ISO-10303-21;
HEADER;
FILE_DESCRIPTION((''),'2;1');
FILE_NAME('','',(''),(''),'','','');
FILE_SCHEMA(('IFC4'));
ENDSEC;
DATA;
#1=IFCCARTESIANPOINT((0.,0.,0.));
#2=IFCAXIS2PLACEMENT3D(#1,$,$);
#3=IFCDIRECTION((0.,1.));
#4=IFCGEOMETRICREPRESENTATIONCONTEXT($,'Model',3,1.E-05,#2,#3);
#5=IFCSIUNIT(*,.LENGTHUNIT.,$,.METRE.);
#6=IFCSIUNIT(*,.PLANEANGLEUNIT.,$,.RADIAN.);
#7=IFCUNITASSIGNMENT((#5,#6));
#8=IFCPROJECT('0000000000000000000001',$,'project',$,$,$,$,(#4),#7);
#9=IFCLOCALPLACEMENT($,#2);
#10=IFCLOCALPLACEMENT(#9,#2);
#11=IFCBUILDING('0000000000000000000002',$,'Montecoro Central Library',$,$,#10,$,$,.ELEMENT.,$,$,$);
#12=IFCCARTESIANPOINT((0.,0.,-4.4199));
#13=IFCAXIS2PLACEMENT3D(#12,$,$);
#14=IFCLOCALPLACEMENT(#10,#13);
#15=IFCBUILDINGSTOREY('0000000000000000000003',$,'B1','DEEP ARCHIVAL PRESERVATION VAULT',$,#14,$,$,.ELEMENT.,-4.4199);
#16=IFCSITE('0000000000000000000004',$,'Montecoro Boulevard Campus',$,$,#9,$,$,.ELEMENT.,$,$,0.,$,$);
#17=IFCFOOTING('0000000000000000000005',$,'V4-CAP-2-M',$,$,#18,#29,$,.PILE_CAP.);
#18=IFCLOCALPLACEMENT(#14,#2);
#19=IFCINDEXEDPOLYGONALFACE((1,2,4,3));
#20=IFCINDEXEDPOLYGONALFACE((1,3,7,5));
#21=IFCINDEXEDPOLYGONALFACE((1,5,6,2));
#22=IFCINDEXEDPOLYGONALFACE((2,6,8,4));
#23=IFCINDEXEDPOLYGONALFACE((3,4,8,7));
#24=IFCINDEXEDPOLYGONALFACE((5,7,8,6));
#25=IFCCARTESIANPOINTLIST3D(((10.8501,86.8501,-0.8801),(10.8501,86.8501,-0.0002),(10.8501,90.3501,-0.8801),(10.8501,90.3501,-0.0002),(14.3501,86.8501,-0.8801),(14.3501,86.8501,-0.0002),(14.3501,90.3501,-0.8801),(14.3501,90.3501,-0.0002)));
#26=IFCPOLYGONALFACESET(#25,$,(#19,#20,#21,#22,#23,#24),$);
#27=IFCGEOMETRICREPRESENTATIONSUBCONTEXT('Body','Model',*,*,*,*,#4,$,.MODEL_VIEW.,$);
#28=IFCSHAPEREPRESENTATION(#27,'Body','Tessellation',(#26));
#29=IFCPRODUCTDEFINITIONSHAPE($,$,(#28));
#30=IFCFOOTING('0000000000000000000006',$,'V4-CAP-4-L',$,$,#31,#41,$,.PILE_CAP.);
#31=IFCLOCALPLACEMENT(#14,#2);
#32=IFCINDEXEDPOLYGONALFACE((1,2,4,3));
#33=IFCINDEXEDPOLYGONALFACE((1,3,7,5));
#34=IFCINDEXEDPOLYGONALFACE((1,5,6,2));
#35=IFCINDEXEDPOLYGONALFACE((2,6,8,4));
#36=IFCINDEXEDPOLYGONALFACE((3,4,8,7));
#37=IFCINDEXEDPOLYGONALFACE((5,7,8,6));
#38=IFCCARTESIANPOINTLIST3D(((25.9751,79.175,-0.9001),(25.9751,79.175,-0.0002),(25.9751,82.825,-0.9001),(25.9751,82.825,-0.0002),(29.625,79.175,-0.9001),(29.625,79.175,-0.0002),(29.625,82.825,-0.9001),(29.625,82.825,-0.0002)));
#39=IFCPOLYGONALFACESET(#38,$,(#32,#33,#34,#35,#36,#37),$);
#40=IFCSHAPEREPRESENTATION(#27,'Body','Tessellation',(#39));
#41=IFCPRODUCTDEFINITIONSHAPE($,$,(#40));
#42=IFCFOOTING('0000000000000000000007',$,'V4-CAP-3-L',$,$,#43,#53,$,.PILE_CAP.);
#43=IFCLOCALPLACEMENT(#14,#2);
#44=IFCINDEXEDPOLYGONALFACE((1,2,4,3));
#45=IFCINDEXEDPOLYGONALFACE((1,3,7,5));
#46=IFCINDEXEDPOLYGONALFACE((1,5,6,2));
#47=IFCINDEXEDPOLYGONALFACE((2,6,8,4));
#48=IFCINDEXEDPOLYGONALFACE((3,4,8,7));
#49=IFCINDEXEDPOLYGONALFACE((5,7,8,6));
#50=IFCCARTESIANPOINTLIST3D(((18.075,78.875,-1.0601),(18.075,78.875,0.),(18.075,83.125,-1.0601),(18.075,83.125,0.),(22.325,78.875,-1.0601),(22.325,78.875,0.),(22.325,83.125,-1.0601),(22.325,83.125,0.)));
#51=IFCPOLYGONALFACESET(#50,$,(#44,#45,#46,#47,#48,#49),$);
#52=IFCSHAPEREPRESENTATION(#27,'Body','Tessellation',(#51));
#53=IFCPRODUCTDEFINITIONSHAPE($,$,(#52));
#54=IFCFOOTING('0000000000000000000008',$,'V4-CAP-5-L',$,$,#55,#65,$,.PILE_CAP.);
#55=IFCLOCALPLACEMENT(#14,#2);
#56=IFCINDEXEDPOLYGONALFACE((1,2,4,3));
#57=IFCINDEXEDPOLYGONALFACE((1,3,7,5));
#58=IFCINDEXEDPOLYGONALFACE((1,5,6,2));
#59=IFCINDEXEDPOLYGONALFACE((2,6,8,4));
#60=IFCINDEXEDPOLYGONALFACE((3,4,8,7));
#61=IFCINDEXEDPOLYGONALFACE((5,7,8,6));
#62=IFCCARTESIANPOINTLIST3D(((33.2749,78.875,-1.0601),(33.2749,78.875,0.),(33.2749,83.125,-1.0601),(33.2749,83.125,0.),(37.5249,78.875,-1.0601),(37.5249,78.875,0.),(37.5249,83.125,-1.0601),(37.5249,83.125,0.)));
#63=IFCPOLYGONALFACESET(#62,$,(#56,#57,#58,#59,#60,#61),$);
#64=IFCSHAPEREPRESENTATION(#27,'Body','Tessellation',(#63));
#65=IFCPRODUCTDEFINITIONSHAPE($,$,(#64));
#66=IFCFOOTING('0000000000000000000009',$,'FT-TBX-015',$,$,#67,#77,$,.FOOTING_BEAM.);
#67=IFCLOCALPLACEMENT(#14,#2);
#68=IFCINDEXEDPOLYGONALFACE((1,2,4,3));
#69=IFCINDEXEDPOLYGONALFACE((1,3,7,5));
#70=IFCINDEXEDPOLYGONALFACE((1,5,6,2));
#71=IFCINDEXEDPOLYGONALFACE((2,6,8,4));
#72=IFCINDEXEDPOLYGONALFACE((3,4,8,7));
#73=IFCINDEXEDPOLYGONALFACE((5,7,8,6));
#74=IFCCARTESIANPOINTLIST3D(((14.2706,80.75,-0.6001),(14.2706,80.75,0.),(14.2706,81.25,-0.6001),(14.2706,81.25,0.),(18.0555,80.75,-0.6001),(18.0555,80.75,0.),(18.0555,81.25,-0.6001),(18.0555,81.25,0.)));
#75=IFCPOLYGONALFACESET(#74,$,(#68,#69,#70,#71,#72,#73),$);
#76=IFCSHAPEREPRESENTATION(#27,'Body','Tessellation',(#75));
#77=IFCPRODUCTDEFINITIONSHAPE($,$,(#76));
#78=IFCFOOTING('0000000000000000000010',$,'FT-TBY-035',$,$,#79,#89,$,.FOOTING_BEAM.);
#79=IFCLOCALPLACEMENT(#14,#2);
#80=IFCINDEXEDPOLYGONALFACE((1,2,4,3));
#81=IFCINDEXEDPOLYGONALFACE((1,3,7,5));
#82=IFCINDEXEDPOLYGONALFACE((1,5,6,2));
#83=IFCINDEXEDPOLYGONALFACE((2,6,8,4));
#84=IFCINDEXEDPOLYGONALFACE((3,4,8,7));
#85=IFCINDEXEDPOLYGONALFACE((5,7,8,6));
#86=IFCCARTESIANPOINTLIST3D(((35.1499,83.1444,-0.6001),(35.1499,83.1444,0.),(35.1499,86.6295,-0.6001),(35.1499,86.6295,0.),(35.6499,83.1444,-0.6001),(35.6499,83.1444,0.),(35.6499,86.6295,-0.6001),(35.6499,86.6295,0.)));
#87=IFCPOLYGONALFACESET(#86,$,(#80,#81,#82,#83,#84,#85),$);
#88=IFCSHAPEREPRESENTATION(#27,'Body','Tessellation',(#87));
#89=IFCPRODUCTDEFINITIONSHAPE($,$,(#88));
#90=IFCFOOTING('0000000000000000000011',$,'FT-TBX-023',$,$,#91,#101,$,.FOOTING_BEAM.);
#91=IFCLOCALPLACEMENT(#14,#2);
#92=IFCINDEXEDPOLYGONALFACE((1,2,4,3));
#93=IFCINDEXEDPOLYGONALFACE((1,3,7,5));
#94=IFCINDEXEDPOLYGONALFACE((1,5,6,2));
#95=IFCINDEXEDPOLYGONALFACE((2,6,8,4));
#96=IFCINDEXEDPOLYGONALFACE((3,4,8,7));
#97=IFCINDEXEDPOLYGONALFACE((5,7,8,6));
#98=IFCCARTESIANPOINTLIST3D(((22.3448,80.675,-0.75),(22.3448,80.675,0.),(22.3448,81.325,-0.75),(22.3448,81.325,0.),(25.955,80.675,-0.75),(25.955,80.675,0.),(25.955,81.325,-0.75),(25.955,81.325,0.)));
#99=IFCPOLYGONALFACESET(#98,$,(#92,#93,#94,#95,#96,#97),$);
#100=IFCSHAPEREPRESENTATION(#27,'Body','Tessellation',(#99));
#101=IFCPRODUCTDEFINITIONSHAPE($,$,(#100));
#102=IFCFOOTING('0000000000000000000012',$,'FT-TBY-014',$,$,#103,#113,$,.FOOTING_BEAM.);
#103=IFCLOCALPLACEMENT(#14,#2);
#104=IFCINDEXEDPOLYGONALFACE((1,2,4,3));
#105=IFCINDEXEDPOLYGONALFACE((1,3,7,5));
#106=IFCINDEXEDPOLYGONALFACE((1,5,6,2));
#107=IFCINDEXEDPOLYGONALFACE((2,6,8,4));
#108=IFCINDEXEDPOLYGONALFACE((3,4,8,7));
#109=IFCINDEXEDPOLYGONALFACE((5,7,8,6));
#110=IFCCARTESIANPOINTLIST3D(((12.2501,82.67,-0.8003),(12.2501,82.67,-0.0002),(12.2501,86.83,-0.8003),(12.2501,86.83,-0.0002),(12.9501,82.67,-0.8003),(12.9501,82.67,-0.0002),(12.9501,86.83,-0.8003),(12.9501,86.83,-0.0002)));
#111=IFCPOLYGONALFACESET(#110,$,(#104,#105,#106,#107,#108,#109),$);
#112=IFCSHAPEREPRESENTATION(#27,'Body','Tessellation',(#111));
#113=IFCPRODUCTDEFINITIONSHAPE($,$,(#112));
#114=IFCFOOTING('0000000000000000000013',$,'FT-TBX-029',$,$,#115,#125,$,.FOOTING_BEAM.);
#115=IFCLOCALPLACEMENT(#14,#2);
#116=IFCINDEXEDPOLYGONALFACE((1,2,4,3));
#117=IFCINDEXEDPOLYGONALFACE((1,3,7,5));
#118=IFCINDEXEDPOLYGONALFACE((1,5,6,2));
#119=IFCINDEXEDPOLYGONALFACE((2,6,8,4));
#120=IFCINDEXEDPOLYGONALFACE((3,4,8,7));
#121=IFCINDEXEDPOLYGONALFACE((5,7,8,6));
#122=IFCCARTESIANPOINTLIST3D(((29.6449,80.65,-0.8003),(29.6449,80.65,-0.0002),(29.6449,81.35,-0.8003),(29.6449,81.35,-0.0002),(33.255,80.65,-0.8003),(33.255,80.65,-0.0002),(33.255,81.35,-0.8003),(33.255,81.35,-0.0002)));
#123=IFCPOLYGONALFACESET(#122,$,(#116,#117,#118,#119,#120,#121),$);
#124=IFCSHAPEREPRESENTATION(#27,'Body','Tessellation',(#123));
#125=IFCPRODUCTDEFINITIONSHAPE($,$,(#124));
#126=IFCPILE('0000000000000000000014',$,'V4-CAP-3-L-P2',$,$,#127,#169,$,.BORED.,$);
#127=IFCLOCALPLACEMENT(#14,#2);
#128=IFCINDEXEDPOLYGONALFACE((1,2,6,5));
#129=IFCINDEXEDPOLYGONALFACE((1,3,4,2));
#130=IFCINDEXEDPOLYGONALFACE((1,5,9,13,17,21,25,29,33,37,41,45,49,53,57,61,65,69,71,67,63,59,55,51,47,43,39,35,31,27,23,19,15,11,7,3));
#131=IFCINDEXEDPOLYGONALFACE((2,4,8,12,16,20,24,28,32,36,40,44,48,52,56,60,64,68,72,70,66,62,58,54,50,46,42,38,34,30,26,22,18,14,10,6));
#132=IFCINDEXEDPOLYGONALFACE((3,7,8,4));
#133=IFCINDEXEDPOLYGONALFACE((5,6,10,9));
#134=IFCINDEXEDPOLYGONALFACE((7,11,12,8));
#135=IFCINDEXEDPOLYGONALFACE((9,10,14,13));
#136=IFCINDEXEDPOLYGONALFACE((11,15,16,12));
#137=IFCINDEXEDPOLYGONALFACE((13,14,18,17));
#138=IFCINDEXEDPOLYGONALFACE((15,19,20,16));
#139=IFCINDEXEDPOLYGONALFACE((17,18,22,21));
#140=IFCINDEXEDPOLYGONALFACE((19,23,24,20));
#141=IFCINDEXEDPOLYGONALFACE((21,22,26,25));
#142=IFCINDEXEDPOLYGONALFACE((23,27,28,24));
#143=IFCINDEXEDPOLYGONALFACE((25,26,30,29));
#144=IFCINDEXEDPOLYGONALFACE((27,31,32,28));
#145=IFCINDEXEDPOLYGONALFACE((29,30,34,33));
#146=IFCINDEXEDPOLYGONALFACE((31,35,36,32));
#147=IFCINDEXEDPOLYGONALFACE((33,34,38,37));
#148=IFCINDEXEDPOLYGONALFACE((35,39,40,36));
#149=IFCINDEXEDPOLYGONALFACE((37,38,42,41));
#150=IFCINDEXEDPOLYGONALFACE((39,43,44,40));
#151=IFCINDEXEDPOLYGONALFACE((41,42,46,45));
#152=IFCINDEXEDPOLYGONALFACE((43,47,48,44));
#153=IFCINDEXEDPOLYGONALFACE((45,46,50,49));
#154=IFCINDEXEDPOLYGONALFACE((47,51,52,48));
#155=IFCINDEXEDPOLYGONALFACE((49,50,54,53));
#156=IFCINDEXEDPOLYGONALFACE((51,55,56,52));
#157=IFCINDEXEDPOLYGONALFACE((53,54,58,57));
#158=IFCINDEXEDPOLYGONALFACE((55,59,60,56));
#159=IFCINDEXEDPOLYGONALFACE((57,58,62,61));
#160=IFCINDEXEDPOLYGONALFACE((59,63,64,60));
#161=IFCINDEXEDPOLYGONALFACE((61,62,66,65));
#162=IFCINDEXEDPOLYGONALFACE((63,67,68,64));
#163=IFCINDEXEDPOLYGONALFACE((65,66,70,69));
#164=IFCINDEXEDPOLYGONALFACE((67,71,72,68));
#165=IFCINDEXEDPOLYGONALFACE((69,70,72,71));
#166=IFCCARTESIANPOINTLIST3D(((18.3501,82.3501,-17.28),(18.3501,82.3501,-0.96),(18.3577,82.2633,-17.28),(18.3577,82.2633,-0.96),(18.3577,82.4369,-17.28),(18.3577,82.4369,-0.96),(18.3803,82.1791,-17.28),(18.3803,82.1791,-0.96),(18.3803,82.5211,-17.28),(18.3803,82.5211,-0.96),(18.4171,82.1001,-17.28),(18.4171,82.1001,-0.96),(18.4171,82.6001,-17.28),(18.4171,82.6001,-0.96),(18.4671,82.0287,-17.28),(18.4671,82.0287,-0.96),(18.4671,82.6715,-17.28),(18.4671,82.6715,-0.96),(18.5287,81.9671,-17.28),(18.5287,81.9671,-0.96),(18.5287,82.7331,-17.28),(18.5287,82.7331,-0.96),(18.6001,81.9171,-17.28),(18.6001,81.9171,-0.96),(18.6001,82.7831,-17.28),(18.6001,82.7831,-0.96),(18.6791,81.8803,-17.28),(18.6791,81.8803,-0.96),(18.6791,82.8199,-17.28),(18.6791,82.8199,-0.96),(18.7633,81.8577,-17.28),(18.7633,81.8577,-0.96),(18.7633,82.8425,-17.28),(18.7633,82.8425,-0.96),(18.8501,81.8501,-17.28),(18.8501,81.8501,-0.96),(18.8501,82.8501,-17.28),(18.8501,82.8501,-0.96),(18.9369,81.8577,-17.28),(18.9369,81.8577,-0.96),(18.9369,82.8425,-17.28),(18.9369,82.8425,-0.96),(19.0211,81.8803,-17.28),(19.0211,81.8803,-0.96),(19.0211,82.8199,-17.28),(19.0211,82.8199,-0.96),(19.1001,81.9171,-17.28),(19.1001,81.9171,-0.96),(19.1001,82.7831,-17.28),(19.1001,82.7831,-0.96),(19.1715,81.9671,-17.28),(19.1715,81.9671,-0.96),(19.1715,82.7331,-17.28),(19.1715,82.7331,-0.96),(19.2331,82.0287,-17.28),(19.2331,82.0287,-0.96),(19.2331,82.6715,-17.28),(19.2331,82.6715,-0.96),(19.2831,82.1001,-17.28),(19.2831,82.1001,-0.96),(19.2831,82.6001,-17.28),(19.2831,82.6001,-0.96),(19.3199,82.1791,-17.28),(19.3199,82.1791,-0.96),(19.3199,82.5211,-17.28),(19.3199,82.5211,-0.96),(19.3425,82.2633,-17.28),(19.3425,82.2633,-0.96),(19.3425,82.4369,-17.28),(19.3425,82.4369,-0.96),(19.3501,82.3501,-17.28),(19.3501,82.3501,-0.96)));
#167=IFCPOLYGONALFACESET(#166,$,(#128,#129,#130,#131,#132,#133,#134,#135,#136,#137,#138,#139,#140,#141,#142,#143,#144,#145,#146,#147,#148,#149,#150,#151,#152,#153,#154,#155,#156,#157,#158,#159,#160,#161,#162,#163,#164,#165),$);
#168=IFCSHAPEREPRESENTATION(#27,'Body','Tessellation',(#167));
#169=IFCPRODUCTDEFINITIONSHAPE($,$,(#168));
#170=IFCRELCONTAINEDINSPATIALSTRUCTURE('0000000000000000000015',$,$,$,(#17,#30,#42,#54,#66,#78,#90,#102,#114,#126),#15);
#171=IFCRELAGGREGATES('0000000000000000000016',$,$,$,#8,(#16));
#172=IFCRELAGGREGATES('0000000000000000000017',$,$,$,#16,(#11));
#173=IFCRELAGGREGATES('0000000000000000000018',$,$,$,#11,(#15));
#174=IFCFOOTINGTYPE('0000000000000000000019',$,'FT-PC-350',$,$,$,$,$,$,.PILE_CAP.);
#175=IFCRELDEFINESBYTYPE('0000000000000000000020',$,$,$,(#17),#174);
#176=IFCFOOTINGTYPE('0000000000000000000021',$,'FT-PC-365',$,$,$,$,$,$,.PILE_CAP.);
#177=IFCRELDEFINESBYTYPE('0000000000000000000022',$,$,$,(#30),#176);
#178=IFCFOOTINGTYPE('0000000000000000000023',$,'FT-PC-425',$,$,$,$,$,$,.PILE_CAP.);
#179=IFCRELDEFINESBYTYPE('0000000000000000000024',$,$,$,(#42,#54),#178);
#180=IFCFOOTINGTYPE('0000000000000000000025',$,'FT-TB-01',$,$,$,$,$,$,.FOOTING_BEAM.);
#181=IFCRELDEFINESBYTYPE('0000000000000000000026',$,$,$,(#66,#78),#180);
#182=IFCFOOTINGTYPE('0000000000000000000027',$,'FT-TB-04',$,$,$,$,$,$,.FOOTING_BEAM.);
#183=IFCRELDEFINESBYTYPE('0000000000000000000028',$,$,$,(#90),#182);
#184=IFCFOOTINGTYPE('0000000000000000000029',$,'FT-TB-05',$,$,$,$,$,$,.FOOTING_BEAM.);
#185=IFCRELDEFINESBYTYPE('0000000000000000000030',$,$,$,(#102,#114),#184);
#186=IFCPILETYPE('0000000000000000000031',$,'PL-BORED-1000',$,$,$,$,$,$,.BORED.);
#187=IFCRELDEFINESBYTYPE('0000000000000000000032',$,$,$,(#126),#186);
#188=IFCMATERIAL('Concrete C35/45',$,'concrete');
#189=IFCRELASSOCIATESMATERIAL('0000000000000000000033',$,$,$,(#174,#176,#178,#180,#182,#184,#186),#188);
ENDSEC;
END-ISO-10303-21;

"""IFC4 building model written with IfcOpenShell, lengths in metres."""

from ifc_helpers import new_model, si_unit, direction, frame, origin, origin_2d, place, context, subcontext, project, spatial, rectangle, circle, extrude, material, material_profile, profile_set, type_object, element, save


model = new_model("IFC4")

# Units and contexts
model_context = context("Model", 3, precision=1e-05, world=origin(), true_north=direction((0.0, 1.0)))
body_context = subcontext(model_context, "Body", "Model", "MODEL_VIEW")
ifc_project = project(units=[si_unit("LENGTHUNIT", "METRE"), si_unit("PLANEANGLEUNIT", "RADIAN")], contexts=[model_context])

# Site, building, storey
site_placement = place(None, origin())
site = spatial("IfcSite", under=ifc_project, at=site_placement, Name="Montecoro Boulevard Campus", CompositionType="ELEMENT", RefElevation=0.0)
building_placement = place(site_placement, origin())
building = spatial("IfcBuilding", under=site, at=building_placement, Name="Montecoro Central Library", CompositionType="ELEMENT")
storey_placement = place(building_placement, frame((0.0, 0.0, -4.4199)))
storey = spatial("IfcBuildingStorey", under=building, at=storey_placement, Name="B1", Description="DEEP ARCHIVAL PRESERVATION VAULT", CompositionType="ELEMENT", Elevation=-4.4199)

# Footings
ifc_material_1 = material(Name="Concrete C35/45", Category="concrete")
footing_type_1 = type_object("IfcFootingType", Name="FT-PC-350", PredefinedType="PILE_CAP", material=ifc_material_1)
footing_1_placement = place(storey_placement, frame((12.6001, 88.6001, -0.8801), z_axis=(0.0, 0.0, 1.0), x_axis=(1.0, 0.0, 0.0)))
element("IfcFooting", 1, at=footing_1_placement, inside=storey, type_object=footing_type_1, Name="V4-CAP-2-M", PredefinedType="PILE_CAP", context=body_context, shape_type="SweptSolid", body=[
    extrude(rectangle(XDim=3.5, YDim=3.5, at=origin_2d()), origin(), (0.0, 0.0, 1.0), 0.8799),
])
footing_type_2 = type_object("IfcFootingType", Name="FT-PC-365", PredefinedType="PILE_CAP", material=ifc_material_1)
footing_2_placement = place(storey_placement, frame((27.8, 81.0, -0.9001), z_axis=(0.0, 0.0, 1.0), x_axis=(1.0, 0.0, 0.0)))
element("IfcFooting", 2, at=footing_2_placement, inside=storey, type_object=footing_type_2, Name="V4-CAP-4-L", PredefinedType="PILE_CAP", context=body_context, shape_type="SweptSolid", body=[
    extrude(rectangle(XDim=3.6499, YDim=3.6499, at=origin_2d()), origin(), (0.0, 0.0, 1.0), 0.8999),
])
footing_type_3 = type_object("IfcFootingType", Name="FT-PC-425", PredefinedType="PILE_CAP", material=ifc_material_1)
for number, where, z_axis, x_axis, name in (
    (3, (20.2, 81.0, -1.0601), (0.0, 0.0, 1.0), (1.0, 0.0, 0.0), "V4-CAP-3-L"),
    (4, (35.3999, 81.0, -1.0601), (0.0, 0.0, 1.0), (1.0, 0.0, 0.0), "V4-CAP-5-L"),
):
    element("IfcFooting", number, at=place(storey_placement, frame(where, z_axis=z_axis, x_axis=x_axis)), inside=storey, type_object=footing_type_3, Name=name, PredefinedType="PILE_CAP", context=body_context, shape_type="SweptSolid", body=[
        extrude(rectangle(XDim=4.25, YDim=4.25, at=origin_2d()), origin(), (0.0, 0.0, 1.0), 1.0601),
    ])
footing_type_4 = type_object("IfcFootingType", Name="FT-TB-01", PredefinedType="FOOTING_BEAM", material=ifc_material_1)
footing_3_placement = place(storey_placement, frame((16.1631, 81.0, -0.6001), z_axis=(0.0, 0.0, 1.0), x_axis=(1.0, 0.0, 0.0)))
element("IfcFooting", 5, at=footing_3_placement, inside=storey, type_object=footing_type_4, Name="FT-TBX-015", PredefinedType="FOOTING_BEAM", context=body_context, shape_type="SweptSolid", body=[
    extrude(rectangle(XDim=3.7849, YDim=0.5, at=origin_2d()), origin(), (0.0, 0.0, 1.0), 0.6001),
])
footing_4_placement = place(storey_placement, frame((35.3999, 84.887, -0.6001), z_axis=(0.0, 0.0, 1.0), x_axis=(1.0, 0.0, 0.0)))
element("IfcFooting", 6, at=footing_4_placement, inside=storey, type_object=footing_type_4, Name="FT-TBY-035", PredefinedType="FOOTING_BEAM", context=body_context, shape_type="SweptSolid", body=[
    extrude(rectangle(XDim=0.5, YDim=3.4851, at=origin_2d()), origin(), (0.0, 0.0, 1.0), 0.6001),
])
footing_type_5 = type_object("IfcFootingType", Name="FT-TB-04", PredefinedType="FOOTING_BEAM", material=ifc_material_1)
footing_5_placement = place(storey_placement, frame((24.1499, 81.0, -0.75), z_axis=(0.0, 0.0, 1.0), x_axis=(1.0, 0.0, 0.0)))
element("IfcFooting", 7, at=footing_5_placement, inside=storey, type_object=footing_type_5, Name="FT-TBX-023", PredefinedType="FOOTING_BEAM", context=body_context, shape_type="SweptSolid", body=[
    extrude(rectangle(XDim=3.6101, YDim=0.6499, at=origin_2d()), origin(), (0.0, 0.0, 1.0), 0.75),
])
footing_type_6 = type_object("IfcFootingType", Name="FT-TB-05", PredefinedType="FOOTING_BEAM", material=ifc_material_1)
footing_6_placement = place(storey_placement, frame((12.6001, 84.75, -0.8003), z_axis=(0.0, 0.0, 1.0), x_axis=(1.0, 0.0, 0.0)))
element("IfcFooting", 8, at=footing_6_placement, inside=storey, type_object=footing_type_6, Name="FT-TBY-014", PredefinedType="FOOTING_BEAM", context=body_context, shape_type="SweptSolid", body=[
    extrude(rectangle(XDim=0.7, YDim=4.1599, at=origin_2d()), origin(), (0.0, 0.0, 1.0), 0.8),
])
footing_7_placement = place(storey_placement, frame((31.45, 81.0, -0.8003), z_axis=(0.0, 0.0, 1.0), x_axis=(1.0, 0.0, 0.0)))
element("IfcFooting", 9, at=footing_7_placement, inside=storey, type_object=footing_type_6, Name="FT-TBX-029", PredefinedType="FOOTING_BEAM", context=body_context, shape_type="SweptSolid", body=[
    extrude(rectangle(XDim=3.6101, YDim=0.7, at=origin_2d()), origin(), (0.0, 0.0, 1.0), 0.8),
])

# Pile
ifc_material_profile_1 = material_profile(ifc_material_1, circle(Radius=0.5, at=origin_2d()), Name="PILE D1000")
ifc_profile_set_1 = profile_set([ifc_material_profile_1], Name="Concrete C35/45")
pile_type_1 = type_object("IfcPileType", Name="PL-BORED-1000", PredefinedType="BORED", material=ifc_profile_set_1)
for number, where, z_axis, x_axis, name in (
    (10, (18.8501, 82.3501, -0.96), (0.0, 0.0, -1.0), (1.0, 0.0, 0.0), "V4-CAP-3-L-P2"),
):
    element("IfcPile", number, at=place(storey_placement, frame(where, z_axis=z_axis, x_axis=x_axis)), inside=storey, type_object=pile_type_1, Name=name, PredefinedType="BORED", context=body_context, shape_type="SweptSolid", body=[
        extrude(circle(Radius=0.5, at=origin_2d()), origin(), (0.0, 0.0, 1.0), 16.3201),
    ])

save(model, "model.ifc")
